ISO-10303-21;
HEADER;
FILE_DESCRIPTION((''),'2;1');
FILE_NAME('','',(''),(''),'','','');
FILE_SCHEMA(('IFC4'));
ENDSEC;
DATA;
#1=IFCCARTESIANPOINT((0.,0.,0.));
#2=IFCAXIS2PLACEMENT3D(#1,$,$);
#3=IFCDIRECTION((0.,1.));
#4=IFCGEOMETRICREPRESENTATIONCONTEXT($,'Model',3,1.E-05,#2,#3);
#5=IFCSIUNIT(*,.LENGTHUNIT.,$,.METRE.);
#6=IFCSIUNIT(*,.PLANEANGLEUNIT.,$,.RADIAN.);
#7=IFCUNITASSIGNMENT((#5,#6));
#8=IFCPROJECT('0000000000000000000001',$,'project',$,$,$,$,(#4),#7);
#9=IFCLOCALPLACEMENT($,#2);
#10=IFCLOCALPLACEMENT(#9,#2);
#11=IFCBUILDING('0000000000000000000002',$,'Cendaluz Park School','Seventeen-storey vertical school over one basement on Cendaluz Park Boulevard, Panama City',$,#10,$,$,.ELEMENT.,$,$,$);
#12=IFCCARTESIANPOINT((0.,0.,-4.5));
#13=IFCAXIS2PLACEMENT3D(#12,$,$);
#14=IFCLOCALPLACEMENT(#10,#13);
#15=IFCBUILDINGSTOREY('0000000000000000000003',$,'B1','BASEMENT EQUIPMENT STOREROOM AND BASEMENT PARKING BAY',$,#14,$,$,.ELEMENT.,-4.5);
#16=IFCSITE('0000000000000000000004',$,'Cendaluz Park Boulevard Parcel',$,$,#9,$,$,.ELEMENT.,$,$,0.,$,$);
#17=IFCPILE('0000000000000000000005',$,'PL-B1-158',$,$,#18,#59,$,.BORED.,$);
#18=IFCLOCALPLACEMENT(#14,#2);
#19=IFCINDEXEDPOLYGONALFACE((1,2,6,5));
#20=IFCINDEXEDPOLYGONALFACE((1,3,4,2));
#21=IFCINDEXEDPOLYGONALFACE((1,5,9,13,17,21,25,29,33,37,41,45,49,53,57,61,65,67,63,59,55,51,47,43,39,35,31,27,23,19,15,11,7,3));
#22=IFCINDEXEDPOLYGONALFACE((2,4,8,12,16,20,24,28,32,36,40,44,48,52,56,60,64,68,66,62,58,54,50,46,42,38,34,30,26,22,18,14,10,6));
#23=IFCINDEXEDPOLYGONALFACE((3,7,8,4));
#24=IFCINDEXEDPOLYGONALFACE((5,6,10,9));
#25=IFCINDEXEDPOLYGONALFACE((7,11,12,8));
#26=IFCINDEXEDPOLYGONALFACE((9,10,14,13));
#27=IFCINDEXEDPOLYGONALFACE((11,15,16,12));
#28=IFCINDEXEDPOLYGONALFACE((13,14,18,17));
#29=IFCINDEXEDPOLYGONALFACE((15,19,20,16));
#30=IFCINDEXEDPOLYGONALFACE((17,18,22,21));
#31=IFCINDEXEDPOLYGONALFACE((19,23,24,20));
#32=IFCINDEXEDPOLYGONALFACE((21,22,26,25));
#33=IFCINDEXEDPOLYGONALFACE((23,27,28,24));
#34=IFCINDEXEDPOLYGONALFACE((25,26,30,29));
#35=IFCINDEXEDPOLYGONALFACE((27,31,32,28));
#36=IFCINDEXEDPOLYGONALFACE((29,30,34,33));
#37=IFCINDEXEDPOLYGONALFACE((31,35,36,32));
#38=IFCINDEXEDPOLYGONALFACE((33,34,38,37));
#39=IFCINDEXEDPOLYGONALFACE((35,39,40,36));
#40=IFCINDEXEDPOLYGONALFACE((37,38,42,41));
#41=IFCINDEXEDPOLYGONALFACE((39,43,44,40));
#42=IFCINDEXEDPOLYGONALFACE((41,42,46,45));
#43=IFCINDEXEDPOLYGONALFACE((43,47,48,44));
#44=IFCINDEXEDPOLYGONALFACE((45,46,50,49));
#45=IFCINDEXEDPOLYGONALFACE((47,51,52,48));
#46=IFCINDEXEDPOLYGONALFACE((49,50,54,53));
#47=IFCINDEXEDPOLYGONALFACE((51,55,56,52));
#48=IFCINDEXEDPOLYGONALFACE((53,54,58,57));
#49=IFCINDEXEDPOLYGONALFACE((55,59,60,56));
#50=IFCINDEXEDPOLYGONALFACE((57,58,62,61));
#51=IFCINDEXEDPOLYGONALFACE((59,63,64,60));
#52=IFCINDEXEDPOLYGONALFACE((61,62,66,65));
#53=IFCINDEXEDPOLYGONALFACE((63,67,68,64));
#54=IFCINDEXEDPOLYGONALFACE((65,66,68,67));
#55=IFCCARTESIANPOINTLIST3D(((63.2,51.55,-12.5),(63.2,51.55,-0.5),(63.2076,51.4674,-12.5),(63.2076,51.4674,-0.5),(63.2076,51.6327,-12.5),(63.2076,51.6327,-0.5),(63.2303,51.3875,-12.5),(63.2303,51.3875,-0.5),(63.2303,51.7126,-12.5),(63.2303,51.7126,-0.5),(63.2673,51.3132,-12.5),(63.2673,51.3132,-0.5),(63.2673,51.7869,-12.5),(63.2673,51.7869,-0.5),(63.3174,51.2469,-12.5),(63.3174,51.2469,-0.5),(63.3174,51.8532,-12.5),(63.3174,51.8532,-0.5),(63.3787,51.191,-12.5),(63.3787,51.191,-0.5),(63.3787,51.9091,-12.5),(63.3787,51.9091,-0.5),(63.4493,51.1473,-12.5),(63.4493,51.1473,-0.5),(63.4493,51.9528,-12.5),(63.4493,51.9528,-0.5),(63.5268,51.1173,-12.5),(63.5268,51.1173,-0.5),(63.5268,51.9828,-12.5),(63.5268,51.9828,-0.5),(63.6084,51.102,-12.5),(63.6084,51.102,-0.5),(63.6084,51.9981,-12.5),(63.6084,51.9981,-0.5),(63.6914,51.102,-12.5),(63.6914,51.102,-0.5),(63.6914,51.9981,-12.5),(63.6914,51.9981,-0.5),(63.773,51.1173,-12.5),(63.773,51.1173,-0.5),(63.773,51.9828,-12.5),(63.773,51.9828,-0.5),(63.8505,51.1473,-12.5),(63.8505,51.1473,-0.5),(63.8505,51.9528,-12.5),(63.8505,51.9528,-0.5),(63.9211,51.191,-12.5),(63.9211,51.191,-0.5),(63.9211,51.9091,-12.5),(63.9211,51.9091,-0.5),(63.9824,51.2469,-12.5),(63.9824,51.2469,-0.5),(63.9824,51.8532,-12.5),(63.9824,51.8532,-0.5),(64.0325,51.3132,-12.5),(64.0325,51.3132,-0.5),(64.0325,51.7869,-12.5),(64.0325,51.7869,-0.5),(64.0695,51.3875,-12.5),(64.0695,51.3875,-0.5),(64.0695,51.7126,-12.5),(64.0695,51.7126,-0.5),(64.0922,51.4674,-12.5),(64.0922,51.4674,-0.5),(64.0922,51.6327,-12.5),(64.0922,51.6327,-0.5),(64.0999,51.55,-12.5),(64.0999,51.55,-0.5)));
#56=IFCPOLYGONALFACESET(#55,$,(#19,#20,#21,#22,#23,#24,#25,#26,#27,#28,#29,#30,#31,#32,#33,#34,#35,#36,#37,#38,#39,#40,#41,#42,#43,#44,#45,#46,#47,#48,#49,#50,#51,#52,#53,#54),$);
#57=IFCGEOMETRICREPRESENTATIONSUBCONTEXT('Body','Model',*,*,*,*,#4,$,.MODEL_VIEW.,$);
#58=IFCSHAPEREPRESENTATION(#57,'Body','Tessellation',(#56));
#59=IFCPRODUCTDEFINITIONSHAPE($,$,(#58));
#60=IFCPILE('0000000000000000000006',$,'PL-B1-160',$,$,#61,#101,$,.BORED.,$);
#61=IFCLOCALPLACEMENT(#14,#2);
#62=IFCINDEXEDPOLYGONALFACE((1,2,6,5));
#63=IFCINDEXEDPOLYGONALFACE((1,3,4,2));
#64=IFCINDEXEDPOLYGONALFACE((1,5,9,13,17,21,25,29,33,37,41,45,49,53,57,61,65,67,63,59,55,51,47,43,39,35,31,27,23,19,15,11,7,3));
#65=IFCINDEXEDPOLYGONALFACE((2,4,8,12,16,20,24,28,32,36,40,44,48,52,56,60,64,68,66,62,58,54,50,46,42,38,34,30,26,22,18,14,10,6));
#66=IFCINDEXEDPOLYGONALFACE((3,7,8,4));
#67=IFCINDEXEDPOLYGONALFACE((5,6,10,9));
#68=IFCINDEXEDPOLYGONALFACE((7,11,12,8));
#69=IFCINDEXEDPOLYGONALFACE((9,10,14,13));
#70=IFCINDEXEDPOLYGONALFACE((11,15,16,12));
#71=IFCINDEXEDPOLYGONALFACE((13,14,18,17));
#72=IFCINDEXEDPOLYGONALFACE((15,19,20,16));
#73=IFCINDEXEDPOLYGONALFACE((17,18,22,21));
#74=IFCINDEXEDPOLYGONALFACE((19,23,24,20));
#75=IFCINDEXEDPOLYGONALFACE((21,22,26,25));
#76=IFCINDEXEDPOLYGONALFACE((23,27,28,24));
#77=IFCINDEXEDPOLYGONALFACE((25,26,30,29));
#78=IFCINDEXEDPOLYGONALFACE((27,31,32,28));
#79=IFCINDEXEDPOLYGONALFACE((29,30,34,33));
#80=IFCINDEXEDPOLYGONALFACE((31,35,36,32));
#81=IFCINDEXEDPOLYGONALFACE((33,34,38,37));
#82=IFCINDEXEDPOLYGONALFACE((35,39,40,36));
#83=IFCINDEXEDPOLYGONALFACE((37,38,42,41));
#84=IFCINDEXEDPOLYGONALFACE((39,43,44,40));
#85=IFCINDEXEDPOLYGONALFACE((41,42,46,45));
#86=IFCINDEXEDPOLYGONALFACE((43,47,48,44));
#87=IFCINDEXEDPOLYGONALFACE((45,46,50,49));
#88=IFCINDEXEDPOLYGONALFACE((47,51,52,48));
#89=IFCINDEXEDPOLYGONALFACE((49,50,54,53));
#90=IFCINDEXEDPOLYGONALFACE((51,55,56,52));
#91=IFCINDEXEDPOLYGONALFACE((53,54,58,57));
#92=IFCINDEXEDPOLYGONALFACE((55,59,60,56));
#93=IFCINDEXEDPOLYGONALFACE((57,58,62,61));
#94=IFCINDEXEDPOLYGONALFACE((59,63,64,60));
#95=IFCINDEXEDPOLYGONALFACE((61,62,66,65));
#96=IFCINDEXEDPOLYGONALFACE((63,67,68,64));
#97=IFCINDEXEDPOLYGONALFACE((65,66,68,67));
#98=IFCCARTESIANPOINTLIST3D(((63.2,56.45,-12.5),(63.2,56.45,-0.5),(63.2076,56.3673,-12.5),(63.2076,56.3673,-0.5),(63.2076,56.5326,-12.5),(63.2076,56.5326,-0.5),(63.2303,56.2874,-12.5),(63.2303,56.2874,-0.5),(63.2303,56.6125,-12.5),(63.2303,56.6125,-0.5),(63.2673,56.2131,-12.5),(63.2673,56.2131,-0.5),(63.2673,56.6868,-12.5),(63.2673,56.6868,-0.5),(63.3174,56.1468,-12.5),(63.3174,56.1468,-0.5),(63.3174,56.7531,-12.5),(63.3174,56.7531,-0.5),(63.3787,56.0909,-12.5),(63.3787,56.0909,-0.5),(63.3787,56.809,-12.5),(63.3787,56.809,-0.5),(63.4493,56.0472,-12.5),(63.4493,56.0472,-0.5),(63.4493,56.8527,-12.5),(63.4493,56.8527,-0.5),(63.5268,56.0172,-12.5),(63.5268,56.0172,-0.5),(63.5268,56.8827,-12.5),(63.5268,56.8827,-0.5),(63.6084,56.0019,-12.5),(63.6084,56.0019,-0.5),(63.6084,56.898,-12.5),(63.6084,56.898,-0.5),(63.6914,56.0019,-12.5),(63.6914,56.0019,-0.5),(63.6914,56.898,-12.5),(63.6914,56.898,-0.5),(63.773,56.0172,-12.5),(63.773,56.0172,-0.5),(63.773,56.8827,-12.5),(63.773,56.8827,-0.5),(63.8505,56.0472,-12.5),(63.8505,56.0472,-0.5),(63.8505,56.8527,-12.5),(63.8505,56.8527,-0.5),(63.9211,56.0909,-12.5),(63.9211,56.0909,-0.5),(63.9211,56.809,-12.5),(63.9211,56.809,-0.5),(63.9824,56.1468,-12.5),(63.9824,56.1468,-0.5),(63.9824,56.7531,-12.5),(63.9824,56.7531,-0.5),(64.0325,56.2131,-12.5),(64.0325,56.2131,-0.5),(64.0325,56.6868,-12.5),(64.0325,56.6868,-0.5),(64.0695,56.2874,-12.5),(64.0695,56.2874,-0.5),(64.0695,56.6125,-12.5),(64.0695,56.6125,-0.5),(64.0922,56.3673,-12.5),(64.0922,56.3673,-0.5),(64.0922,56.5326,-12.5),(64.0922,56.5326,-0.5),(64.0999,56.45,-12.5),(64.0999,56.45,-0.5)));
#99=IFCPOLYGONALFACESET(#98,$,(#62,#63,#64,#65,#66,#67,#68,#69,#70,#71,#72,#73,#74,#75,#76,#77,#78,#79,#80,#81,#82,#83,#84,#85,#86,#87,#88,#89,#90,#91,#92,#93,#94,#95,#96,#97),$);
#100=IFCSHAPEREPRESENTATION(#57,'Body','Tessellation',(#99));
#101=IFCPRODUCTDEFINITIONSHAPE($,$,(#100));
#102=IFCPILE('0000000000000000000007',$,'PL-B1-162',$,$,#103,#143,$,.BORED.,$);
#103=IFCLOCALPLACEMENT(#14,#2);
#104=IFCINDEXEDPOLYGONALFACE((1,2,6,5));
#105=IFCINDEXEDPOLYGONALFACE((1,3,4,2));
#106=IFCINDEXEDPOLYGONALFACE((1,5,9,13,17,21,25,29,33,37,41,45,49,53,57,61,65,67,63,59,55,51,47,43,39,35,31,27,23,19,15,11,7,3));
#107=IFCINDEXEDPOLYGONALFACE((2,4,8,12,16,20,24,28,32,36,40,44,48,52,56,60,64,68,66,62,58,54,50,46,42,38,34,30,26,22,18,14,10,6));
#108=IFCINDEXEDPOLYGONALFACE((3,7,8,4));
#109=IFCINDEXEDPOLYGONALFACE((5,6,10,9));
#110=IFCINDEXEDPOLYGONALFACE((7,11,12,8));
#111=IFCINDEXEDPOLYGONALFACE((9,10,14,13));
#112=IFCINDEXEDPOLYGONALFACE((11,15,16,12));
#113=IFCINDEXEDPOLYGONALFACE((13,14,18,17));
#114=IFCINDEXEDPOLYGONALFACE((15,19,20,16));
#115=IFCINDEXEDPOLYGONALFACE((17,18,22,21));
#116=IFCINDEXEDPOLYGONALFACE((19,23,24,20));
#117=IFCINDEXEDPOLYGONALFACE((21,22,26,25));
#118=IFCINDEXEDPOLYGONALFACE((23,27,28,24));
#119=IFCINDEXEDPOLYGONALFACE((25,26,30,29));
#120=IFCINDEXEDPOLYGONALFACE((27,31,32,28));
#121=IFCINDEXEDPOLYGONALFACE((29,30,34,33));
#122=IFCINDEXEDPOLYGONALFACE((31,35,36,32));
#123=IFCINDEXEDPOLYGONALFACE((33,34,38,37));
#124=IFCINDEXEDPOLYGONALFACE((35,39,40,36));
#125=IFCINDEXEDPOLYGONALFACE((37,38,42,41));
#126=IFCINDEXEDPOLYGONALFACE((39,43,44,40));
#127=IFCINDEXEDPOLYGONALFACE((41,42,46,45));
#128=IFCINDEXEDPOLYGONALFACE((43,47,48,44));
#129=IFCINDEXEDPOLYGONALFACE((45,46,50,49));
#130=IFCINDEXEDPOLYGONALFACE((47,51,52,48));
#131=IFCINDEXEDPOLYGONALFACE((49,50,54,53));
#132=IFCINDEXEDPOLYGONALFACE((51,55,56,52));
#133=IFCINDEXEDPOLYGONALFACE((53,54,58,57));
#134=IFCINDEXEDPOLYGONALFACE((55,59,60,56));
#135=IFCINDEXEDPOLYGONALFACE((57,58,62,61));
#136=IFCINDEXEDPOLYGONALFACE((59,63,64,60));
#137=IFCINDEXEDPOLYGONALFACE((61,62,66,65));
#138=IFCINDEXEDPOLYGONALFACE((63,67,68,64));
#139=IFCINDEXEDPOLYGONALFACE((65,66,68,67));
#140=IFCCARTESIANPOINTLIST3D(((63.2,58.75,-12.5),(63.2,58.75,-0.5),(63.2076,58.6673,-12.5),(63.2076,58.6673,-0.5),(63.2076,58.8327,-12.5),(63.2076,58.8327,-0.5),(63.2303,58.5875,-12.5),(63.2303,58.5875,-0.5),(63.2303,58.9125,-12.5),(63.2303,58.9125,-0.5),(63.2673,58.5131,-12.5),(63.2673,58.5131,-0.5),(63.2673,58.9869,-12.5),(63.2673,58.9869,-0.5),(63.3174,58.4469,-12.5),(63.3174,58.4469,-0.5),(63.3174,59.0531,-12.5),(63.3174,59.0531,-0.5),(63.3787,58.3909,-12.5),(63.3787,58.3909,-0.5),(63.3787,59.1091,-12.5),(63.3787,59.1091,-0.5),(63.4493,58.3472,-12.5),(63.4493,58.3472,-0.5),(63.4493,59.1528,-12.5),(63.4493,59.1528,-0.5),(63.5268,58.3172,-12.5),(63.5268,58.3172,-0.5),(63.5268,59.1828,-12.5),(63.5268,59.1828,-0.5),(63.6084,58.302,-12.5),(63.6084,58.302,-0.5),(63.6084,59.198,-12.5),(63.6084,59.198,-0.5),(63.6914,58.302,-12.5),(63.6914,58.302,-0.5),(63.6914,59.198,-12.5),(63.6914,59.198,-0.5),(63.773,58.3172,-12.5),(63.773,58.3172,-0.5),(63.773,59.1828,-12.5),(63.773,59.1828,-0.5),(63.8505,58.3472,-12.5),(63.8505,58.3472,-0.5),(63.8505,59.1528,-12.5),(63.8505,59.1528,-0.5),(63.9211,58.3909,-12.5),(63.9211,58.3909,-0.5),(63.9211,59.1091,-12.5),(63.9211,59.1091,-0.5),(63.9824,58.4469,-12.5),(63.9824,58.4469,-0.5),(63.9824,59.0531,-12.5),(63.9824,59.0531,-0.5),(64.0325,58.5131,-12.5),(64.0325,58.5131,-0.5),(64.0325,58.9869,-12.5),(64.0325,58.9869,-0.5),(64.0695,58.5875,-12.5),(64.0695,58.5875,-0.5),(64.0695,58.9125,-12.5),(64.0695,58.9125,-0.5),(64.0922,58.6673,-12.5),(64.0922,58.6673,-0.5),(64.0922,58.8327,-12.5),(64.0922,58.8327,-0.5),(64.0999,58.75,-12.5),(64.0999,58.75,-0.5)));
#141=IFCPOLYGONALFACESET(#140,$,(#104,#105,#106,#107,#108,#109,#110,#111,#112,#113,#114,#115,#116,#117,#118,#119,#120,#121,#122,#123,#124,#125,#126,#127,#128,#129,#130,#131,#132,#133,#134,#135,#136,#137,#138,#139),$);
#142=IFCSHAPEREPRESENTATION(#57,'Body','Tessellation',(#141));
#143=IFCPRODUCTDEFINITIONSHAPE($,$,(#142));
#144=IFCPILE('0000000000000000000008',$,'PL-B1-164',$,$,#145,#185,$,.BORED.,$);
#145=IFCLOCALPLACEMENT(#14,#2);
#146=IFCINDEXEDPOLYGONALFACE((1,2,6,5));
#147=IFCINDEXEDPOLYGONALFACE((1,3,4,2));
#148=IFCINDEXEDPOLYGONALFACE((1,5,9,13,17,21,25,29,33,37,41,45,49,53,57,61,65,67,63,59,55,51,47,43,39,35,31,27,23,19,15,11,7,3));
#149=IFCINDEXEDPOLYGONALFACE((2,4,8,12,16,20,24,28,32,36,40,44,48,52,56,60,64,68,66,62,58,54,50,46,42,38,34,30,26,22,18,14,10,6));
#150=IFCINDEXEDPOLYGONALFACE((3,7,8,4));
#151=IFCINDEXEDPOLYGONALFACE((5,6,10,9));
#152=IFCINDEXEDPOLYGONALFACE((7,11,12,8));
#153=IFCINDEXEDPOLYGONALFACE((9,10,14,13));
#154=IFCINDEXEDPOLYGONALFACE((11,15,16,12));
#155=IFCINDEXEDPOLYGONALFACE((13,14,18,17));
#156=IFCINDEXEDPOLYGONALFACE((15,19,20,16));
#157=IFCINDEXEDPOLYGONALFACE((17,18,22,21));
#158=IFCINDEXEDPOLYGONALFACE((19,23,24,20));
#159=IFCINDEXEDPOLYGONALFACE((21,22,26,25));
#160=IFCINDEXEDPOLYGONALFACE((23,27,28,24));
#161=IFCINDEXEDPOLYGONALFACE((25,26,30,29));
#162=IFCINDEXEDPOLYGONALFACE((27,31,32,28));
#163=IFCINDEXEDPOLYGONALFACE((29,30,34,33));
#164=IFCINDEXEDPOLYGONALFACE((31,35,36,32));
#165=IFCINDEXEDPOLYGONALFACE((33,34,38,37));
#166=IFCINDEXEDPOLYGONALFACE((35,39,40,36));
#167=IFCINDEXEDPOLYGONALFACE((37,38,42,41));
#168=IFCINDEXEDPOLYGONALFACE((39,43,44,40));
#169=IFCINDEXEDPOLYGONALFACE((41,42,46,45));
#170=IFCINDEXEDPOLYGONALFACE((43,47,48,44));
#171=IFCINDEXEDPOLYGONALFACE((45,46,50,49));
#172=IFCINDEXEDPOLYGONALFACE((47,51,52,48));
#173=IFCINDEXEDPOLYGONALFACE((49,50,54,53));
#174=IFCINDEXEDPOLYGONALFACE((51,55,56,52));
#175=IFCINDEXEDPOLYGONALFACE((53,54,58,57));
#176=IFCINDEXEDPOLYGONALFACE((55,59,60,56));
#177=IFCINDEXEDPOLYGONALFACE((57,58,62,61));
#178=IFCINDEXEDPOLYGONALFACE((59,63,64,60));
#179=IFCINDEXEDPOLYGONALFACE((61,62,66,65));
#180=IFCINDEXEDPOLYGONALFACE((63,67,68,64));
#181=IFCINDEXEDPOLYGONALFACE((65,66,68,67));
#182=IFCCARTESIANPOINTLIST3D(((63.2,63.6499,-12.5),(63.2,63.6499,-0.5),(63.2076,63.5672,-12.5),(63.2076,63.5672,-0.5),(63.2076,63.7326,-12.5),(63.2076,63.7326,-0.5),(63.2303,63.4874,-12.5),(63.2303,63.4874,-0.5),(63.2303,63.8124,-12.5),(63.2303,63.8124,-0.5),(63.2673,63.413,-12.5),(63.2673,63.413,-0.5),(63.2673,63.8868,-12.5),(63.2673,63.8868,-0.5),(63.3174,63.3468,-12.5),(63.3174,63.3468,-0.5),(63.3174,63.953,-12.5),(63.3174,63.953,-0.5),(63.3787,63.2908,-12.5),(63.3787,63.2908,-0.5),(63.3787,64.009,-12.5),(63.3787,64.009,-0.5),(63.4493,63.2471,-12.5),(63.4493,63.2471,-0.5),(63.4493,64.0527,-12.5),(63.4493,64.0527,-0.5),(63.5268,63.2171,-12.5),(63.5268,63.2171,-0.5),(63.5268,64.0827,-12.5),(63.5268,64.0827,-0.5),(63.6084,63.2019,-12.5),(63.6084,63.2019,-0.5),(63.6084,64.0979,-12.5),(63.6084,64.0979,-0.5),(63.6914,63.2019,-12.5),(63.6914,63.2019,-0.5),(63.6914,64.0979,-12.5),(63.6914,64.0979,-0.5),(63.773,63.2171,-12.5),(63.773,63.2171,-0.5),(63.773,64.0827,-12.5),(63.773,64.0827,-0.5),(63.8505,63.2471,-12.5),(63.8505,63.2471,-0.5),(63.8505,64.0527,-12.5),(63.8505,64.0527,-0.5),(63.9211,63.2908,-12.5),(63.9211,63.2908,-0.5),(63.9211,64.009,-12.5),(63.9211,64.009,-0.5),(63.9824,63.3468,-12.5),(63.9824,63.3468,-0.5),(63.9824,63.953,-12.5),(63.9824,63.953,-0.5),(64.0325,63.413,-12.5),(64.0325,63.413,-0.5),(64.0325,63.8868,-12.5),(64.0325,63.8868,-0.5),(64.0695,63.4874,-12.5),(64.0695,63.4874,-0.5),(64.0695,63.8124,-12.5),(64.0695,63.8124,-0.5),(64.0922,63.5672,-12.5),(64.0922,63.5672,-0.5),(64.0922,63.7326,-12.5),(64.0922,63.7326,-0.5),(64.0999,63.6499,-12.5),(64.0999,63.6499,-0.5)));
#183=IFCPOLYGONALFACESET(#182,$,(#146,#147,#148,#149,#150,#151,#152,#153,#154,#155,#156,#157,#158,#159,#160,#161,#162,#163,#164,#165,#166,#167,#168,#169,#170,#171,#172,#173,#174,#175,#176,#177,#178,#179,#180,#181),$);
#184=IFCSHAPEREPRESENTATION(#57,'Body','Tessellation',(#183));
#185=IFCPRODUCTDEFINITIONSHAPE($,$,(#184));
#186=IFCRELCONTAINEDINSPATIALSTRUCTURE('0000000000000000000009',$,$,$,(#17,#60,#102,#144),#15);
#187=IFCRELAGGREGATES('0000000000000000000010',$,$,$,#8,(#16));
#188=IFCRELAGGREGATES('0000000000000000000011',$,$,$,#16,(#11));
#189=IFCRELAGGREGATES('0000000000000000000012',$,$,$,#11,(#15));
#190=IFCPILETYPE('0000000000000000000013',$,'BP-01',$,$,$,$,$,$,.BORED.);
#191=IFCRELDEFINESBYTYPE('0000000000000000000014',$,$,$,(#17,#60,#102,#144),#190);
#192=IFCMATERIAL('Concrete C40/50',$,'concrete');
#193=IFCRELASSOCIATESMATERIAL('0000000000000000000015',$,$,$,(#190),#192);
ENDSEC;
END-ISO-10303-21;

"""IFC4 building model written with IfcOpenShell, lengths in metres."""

from ifc_helpers import new_model, si_unit, direction, frame, origin, origin_2d, place, context, subcontext, project, spatial, circle, extrude, material, material_profile, profile_set, type_object, element, save


model = new_model("IFC4")

# Units and contexts
model_context = context("Model", 3, precision=1e-05, world=origin(), true_north=direction((0.0, 1.0)))
body_context = subcontext(model_context, "Body", "Model", "MODEL_VIEW")
ifc_project = project(units=[si_unit("LENGTHUNIT", "METRE"), si_unit("PLANEANGLEUNIT", "RADIAN")], contexts=[model_context])

# Site, building, storey
site_placement = place(None, origin())
site = spatial("IfcSite", under=ifc_project, at=site_placement, Name="Cendaluz Park Boulevard Parcel", CompositionType="ELEMENT", RefElevation=0.0)
building_placement = place(site_placement, origin())
building = spatial("IfcBuilding", under=site, at=building_placement, Name="Cendaluz Park School", Description="Seventeen-storey vertical school over one basement on Cendaluz Park Boulevard, Panama City", CompositionType="ELEMENT")
storey_placement = place(building_placement, frame((0.0, 0.0, -4.5)))
storey = spatial("IfcBuildingStorey", under=building, at=storey_placement, Name="B1", Description="BASEMENT EQUIPMENT STOREROOM AND BASEMENT PARKING BAY", CompositionType="ELEMENT", Elevation=-4.5)

# Piles
ifc_material_1 = material(Name="Concrete C40/50", Category="concrete")
ifc_material_profile_1 = material_profile(ifc_material_1, circle(Radius=0.45, at=origin_2d()), Name="BP D900", Category="concrete")
ifc_profile_set_1 = profile_set([ifc_material_profile_1], Name="Concrete C40/50")
pile_type_1 = type_object("IfcPileType", Name="BP-01", PredefinedType="BORED", material=ifc_profile_set_1)
for number, where, z_axis, x_axis, name in (
    (1, (63.6499, 51.55, -0.5), (0.0, 0.0, -1.0), (1.0, 0.0, 0.0), "PL-B1-158"),
    (2, (63.6499, 56.45, -0.5), (0.0, 0.0, -1.0), (1.0, 0.0, 0.0), "PL-B1-160"),
    (3, (63.6499, 58.75, -0.5), (0.0, 0.0, -1.0), (1.0, 0.0, 0.0), "PL-B1-162"),
    (4, (63.6499, 63.6499, -0.5), (0.0, 0.0, -1.0), (1.0, 0.0, 0.0), "PL-B1-164"),
):
    element("IfcPile", number, at=place(storey_placement, frame(where, z_axis=z_axis, x_axis=x_axis)), inside=storey, type_object=pile_type_1, Name=name, PredefinedType="BORED", context=body_context, shape_type="SweptSolid", body=[
        extrude(circle(Radius=0.45, at=origin_2d()), origin(), (0.0, 0.0, 1.0), 12.0),
    ])

save(model, "model.ifc")
